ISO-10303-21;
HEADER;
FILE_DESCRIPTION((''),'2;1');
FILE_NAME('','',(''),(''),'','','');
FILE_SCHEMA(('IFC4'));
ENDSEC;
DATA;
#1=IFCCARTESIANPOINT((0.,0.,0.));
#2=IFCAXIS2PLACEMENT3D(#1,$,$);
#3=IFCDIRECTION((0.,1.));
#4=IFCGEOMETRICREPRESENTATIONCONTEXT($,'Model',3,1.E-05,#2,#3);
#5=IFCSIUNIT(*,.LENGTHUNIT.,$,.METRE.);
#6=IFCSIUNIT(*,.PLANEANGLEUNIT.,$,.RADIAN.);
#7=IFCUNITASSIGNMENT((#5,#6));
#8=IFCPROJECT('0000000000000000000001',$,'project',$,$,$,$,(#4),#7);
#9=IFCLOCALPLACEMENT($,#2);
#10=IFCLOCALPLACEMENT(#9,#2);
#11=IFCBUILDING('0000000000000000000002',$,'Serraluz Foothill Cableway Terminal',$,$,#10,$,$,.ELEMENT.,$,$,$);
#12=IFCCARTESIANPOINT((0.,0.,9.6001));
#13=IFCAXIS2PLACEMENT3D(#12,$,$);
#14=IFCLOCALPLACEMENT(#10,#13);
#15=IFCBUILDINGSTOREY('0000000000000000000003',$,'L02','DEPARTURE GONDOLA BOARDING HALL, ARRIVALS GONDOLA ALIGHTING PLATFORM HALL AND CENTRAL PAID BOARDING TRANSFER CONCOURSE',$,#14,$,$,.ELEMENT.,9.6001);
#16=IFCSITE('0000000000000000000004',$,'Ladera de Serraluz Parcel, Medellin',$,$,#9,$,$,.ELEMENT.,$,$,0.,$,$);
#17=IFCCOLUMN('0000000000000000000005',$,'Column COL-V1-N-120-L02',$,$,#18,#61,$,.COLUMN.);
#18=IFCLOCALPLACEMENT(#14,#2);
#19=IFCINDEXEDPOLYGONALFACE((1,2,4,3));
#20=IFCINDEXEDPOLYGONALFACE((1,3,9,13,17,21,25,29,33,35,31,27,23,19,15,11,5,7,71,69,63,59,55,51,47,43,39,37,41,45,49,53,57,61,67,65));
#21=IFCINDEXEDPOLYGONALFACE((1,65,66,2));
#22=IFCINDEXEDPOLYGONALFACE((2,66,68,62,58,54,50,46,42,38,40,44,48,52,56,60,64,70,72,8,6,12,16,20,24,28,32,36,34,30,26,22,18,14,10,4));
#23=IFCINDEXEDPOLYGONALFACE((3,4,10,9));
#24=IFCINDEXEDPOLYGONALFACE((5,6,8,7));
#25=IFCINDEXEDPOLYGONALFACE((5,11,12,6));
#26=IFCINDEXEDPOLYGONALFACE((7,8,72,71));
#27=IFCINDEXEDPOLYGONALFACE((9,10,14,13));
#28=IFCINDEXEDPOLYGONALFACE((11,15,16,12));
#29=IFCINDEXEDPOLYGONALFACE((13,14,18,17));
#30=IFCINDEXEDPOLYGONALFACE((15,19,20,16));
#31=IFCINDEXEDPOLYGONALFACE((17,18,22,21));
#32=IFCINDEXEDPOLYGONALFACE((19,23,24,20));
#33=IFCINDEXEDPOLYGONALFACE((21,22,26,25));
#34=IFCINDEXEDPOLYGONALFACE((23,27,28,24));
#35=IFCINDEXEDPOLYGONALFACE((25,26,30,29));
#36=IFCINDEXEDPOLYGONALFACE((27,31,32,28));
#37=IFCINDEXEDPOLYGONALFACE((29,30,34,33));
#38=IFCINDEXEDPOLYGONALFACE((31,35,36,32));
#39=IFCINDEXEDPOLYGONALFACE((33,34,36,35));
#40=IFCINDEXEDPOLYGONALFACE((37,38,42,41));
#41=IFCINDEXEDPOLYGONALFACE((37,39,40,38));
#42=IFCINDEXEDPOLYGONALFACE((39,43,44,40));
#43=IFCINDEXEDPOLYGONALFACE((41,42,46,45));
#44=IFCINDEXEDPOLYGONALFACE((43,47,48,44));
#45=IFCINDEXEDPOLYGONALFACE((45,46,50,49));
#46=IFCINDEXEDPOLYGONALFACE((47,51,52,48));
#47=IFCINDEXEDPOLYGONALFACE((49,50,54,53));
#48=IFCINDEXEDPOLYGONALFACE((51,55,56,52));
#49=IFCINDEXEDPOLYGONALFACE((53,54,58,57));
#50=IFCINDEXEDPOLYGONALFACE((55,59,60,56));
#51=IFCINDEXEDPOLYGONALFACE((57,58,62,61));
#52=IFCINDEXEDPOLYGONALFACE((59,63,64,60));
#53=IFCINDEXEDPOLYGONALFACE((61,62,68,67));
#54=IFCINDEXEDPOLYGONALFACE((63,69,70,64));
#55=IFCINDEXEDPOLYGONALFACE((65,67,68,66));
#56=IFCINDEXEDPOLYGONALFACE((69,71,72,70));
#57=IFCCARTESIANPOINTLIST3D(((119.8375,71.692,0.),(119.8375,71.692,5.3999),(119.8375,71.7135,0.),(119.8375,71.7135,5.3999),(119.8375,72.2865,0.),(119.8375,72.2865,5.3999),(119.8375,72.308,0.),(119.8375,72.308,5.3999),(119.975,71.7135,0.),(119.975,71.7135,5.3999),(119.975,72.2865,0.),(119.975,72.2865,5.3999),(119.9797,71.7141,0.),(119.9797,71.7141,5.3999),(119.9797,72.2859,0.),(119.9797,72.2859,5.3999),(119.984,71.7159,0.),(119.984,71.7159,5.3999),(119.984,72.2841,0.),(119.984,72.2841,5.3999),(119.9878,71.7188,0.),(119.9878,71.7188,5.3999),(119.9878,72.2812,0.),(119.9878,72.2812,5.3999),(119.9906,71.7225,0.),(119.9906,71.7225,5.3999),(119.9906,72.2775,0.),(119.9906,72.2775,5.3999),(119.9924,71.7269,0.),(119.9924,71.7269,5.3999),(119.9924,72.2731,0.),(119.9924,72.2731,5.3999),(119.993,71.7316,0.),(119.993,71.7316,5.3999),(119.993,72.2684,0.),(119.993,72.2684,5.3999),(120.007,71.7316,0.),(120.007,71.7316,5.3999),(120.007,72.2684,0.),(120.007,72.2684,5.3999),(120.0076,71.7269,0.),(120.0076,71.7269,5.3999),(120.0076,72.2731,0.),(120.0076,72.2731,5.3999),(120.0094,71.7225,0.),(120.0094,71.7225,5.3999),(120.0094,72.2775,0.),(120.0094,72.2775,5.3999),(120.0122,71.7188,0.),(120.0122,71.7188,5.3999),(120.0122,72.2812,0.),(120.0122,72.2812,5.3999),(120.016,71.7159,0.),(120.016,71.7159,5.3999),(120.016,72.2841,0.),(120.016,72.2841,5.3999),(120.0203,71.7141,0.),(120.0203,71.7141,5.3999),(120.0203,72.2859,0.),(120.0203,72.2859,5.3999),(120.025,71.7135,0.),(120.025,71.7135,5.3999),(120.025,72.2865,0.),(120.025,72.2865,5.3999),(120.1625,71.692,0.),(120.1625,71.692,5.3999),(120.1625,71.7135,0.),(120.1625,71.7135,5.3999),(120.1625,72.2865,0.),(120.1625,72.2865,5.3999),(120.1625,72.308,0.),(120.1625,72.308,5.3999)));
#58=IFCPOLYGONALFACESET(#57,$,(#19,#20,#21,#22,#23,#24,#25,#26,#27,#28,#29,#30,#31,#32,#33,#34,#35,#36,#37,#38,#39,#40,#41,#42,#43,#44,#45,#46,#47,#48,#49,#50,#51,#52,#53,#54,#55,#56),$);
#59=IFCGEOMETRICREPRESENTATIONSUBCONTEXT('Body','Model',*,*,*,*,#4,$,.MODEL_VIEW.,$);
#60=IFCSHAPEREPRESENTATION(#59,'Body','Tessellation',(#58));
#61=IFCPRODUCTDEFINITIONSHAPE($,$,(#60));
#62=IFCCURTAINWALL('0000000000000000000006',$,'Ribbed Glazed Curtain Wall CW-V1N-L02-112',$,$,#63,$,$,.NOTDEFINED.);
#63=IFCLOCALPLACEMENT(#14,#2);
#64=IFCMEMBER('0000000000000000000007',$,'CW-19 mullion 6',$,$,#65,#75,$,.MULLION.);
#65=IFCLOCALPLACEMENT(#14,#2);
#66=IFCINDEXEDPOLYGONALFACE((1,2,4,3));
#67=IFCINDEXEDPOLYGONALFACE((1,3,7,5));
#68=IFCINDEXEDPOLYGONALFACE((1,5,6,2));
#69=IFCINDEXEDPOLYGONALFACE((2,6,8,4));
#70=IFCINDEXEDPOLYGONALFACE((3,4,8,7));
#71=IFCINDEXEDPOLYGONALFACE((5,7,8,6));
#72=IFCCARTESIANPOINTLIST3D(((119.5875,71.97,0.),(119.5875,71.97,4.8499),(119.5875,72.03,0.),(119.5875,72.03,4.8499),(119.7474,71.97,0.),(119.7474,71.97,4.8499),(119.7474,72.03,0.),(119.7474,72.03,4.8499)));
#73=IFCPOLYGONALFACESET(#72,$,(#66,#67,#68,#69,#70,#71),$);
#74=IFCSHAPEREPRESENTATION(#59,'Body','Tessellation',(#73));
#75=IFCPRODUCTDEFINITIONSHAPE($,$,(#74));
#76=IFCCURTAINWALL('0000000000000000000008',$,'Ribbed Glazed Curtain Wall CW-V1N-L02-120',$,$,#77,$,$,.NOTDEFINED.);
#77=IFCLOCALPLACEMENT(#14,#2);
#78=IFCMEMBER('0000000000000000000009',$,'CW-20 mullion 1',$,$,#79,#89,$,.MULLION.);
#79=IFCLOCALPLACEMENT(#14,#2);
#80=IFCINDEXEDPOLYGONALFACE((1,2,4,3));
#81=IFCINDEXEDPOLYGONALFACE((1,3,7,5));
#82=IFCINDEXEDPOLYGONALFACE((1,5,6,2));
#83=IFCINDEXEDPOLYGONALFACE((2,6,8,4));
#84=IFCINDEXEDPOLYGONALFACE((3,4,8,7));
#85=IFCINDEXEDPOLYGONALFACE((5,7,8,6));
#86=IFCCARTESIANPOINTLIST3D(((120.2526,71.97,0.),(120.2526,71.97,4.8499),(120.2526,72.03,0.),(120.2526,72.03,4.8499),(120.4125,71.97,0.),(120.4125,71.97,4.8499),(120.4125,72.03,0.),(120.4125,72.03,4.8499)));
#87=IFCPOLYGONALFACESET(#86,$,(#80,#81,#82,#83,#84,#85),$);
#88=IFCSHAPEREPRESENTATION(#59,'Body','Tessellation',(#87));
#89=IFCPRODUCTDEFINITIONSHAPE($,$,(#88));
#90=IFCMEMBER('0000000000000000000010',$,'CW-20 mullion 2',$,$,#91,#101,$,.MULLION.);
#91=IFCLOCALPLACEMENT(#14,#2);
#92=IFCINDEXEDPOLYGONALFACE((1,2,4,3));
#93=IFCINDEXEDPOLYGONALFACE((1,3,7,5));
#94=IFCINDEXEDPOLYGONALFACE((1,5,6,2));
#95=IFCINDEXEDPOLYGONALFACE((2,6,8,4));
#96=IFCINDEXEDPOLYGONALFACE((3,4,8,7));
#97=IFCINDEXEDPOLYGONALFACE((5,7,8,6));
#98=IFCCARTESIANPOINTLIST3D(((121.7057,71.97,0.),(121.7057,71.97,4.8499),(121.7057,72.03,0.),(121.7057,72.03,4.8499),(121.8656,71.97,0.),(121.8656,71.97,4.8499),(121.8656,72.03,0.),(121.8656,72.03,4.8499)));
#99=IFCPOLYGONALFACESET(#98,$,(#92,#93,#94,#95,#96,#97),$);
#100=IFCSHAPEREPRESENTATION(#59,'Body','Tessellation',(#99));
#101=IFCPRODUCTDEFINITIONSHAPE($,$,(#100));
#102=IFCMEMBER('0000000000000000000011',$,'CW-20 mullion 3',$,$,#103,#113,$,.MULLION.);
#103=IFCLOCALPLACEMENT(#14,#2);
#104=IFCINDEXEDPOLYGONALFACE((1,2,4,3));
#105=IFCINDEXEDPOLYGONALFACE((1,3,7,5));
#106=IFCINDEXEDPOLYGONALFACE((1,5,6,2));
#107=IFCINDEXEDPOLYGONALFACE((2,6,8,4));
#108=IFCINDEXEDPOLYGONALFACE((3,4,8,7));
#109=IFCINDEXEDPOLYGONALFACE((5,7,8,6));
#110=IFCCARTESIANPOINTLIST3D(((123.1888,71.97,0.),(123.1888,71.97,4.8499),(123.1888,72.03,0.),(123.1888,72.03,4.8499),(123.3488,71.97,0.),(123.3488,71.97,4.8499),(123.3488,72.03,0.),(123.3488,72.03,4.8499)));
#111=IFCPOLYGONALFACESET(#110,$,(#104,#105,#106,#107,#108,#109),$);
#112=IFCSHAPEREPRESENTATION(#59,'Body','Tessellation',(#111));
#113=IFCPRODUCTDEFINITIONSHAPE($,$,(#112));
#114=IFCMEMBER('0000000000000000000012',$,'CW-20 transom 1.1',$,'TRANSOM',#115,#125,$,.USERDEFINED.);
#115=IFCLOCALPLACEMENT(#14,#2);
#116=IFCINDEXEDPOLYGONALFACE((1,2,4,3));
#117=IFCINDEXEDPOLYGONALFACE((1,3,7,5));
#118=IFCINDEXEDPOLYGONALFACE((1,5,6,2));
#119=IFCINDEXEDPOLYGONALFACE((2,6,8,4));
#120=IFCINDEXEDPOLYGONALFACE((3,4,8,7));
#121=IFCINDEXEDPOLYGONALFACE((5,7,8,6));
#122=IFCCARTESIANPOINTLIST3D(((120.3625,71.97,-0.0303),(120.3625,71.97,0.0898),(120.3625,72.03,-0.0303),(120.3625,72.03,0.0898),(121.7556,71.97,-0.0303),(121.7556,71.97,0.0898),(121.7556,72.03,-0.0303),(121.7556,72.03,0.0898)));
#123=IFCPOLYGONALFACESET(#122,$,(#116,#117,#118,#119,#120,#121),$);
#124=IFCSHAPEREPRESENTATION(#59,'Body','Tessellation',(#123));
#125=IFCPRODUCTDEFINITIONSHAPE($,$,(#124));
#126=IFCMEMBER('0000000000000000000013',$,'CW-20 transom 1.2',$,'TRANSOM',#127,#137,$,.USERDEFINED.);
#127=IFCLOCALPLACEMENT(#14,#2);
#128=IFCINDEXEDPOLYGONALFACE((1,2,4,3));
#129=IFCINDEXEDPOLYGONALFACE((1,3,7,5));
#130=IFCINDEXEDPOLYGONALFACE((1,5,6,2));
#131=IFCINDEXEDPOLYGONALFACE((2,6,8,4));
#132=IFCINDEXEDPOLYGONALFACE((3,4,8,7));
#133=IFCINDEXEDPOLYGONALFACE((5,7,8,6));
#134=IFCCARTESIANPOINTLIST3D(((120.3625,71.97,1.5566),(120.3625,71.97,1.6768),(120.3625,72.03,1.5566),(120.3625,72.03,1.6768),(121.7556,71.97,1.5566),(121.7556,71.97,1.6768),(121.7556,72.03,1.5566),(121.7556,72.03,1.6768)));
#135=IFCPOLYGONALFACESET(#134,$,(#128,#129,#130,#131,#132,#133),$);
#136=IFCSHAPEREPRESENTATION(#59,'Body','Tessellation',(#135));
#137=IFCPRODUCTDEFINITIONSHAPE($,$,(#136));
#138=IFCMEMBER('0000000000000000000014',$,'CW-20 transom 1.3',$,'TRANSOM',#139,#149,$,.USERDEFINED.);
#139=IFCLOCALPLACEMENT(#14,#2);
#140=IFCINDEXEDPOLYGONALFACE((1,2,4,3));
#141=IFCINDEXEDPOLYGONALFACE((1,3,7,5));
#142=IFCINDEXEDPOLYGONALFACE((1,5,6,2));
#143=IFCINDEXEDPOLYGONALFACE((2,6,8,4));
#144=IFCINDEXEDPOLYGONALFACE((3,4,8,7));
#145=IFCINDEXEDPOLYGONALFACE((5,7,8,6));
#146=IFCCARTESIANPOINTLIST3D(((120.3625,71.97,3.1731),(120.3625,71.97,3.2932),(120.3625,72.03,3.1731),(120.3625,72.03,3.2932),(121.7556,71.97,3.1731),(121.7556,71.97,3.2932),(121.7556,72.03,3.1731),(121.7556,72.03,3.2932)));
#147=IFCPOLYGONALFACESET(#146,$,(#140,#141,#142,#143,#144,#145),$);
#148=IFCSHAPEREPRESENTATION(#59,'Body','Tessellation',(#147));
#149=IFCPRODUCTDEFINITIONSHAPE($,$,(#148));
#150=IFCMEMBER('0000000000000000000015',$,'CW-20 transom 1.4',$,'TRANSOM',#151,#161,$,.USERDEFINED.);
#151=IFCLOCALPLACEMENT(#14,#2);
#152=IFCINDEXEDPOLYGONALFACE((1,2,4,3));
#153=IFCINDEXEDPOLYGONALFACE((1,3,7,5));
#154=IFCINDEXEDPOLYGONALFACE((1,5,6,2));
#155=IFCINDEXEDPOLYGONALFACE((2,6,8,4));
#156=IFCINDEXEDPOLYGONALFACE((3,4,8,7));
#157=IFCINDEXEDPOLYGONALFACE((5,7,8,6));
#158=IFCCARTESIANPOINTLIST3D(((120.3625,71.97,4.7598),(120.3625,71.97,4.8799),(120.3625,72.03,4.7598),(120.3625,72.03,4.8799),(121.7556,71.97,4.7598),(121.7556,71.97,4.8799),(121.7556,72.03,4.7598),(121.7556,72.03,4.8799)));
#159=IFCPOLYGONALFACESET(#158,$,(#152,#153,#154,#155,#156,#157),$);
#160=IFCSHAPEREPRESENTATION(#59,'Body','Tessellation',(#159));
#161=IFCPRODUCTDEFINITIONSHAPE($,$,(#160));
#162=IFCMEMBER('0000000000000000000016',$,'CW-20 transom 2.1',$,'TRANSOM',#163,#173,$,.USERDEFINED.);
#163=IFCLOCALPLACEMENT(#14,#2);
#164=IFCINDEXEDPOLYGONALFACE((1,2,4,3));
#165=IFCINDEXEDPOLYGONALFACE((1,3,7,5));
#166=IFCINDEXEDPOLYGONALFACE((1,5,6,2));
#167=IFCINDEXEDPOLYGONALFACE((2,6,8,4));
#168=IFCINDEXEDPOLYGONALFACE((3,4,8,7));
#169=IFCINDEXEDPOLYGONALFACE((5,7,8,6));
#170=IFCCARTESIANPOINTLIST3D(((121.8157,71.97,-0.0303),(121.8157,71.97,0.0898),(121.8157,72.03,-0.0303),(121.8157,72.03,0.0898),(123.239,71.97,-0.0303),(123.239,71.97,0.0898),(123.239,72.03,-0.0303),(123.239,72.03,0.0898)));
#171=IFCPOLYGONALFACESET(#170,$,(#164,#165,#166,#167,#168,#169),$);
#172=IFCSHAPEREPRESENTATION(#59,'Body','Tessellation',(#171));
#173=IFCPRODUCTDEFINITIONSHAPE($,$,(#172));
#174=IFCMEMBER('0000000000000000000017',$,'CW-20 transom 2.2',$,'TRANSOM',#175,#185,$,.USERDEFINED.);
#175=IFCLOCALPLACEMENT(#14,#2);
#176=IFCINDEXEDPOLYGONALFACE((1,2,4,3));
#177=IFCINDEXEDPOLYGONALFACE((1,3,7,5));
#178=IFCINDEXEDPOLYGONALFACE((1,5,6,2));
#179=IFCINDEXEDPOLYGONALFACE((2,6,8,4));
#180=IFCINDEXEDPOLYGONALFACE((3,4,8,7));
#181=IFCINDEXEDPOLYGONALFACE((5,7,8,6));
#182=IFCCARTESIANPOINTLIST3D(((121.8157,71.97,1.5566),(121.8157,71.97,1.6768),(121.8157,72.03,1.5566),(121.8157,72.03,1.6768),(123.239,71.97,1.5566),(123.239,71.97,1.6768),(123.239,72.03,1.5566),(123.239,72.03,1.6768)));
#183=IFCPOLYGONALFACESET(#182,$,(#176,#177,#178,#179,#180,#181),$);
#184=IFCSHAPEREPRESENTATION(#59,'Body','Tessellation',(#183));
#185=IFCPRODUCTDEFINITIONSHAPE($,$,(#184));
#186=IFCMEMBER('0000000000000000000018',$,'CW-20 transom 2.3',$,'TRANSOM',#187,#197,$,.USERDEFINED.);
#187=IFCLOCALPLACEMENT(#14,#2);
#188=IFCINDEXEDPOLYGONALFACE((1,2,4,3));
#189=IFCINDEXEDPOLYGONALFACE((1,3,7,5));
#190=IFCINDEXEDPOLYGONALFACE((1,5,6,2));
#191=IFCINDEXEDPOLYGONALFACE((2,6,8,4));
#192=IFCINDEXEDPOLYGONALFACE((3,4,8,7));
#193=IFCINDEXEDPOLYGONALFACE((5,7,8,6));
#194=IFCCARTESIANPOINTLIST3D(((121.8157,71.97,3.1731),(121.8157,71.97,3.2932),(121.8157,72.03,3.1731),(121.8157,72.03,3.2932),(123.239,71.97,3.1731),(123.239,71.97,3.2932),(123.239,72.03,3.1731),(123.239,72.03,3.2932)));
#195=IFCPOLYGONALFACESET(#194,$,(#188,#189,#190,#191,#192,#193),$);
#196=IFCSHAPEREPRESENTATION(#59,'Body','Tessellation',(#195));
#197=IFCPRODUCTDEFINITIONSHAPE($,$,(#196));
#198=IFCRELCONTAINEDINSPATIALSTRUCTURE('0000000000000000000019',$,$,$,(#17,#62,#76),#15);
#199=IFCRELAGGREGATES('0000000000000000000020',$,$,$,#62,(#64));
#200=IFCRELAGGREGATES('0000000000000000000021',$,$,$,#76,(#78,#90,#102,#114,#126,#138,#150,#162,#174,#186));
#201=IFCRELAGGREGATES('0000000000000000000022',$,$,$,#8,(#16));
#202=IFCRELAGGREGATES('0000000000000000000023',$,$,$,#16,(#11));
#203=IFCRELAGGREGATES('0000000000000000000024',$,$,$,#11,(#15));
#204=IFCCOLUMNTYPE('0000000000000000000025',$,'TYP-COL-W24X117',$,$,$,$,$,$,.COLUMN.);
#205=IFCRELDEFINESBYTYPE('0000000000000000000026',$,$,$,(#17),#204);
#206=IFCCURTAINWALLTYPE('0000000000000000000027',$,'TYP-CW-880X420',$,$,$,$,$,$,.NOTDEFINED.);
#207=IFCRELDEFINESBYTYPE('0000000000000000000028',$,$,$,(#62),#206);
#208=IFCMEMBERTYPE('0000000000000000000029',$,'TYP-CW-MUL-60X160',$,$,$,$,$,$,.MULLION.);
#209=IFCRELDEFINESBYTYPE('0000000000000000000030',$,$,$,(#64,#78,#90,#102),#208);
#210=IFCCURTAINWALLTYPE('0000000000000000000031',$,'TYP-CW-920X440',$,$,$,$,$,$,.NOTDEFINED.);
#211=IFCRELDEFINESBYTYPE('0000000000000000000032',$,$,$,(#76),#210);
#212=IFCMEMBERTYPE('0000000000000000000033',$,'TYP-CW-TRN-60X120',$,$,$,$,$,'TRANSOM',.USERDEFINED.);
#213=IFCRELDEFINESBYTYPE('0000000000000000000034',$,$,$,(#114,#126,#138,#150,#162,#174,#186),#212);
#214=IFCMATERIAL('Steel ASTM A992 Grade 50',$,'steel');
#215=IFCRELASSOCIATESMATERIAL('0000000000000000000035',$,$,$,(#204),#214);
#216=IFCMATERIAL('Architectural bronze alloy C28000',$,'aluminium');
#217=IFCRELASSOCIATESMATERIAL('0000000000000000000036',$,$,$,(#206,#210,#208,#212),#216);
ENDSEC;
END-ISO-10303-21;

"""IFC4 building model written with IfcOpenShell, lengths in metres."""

from ifc_helpers import new_model, si_unit, direction, frame, origin, origin_2d, place, context, subcontext, project, spatial, rectangle, i_section, extrude, material, material_profile, profile_set, type_object, element, aggregate, save


model = new_model("IFC4")

# Units and contexts
model_context = context("Model", 3, precision=1e-05, world=origin(), true_north=direction((0.0, 1.0)))
body_context = subcontext(model_context, "Body", "Model", "MODEL_VIEW")
ifc_project = project(units=[si_unit("LENGTHUNIT", "METRE"), si_unit("PLANEANGLEUNIT", "RADIAN")], contexts=[model_context])

# Site, building, storey
site_placement = place(None, origin())
site = spatial("IfcSite", under=ifc_project, at=site_placement, Name="Ladera de Serraluz Parcel, Medellin", CompositionType="ELEMENT", RefElevation=0.0)
building_placement = place(site_placement, origin())
building = spatial("IfcBuilding", under=site, at=building_placement, Name="Serraluz Foothill Cableway Terminal", CompositionType="ELEMENT")
storey_placement = place(building_placement, frame((0.0, 0.0, 9.6001)))
storey = spatial("IfcBuildingStorey", under=building, at=storey_placement, Name="L02", Description="DEPARTURE GONDOLA BOARDING HALL, ARRIVALS GONDOLA ALIGHTING PLATFORM HALL AND CENTRAL PAID BOARDING TRANSFER CONCOURSE", CompositionType="ELEMENT", Elevation=9.6001)

# Column
ifc_material_1 = material(Name="Steel ASTM A992 Grade 50", Category="steel")
ifc_material_profile_1 = material_profile(ifc_material_1, i_section(OverallWidth=0.325, OverallDepth=0.616, WebThickness=0.0139, FlangeThickness=0.0215, FilletRadius=0.0181, at=origin_2d()), Name="W24X117")
ifc_profile_set_1 = profile_set([ifc_material_profile_1], Name="Steel ASTM A992 Grade 50")
column_type = type_object("IfcColumnType", Name="TYP-COL-W24X117", PredefinedType="COLUMN", material=ifc_profile_set_1)
column_placement = place(storey_placement, frame((120.0, 72.0, 0.0), z_axis=(0.0, 0.0, 1.0), x_axis=(1.0, 0.0, 0.0)))
element("IfcColumn", 1, at=column_placement, inside=storey, type_object=column_type, Name="Column COL-V1-N-120-L02", PredefinedType="COLUMN", context=body_context, shape_type="SweptSolid", body=[
    extrude(i_section(OverallWidth=0.325, OverallDepth=0.616, WebThickness=0.0139, FlangeThickness=0.0215, FilletRadius=0.0181, at=origin_2d()), origin(), (0.0, 0.0, 1.0), 5.3999),
])

# Curtain wall, member
ifc_material_2 = material(Name="Architectural bronze alloy C28000", Category="aluminium")
curtain_wall_type_1 = type_object("IfcCurtainWallType", Name="TYP-CW-880X420", PredefinedType="NOTDEFINED", material=ifc_material_2)
curtain_wall_1_placement = place(storey_placement, origin())
curtain_wall_1 = element("IfcCurtainWall", 2, at=curtain_wall_1_placement, inside=storey, type_object=curtain_wall_type_1, Name="Ribbed Glazed Curtain Wall CW-V1N-L02-112", PredefinedType="NOTDEFINED")
ifc_material_profile_2 = material_profile(ifc_material_2, rectangle(XDim=0.0601, YDim=0.1599, at=origin_2d()), Name="ALU MULLION 60x160")
ifc_profile_set_2 = profile_set([ifc_material_profile_2], Name="Architectural bronze alloy C28000")
member_type_1 = type_object("IfcMemberType", Name="TYP-CW-MUL-60X160", PredefinedType="MULLION", material=ifc_profile_set_2)
member_1_placement = place(storey_placement, frame((119.6675, 72.0, 0.0), z_axis=(0.0, 0.0, 1.0), x_axis=(0.0, 1.0, 0.0)))
member_1 = element("IfcMember", 3, at=member_1_placement, type_object=member_type_1, Name="CW-19 mullion 6", PredefinedType="MULLION", context=body_context, shape_type="SweptSolid", body=[
    extrude(rectangle(XDim=0.0601, YDim=0.1599, at=origin_2d()), origin(), (0.0, 0.0, 1.0), 4.8499),
])
aggregate(curtain_wall_1, [member_1])

# Curtain wall, members
curtain_wall_type_2 = type_object("IfcCurtainWallType", Name="TYP-CW-920X440", PredefinedType="NOTDEFINED", material=ifc_material_2)
curtain_wall_2_placement = place(storey_placement, origin())
curtain_wall_2 = element("IfcCurtainWall", 4, at=curtain_wall_2_placement, inside=storey, type_object=curtain_wall_type_2, Name="Ribbed Glazed Curtain Wall CW-V1N-L02-120", PredefinedType="NOTDEFINED")
member_2_placement = place(storey_placement, frame((120.3325, 72.0, 0.0), z_axis=(0.0, 0.0, 1.0), x_axis=(0.0, 1.0, 0.0)))
member_2 = element("IfcMember", 5, at=member_2_placement, type_object=member_type_1, Name="CW-20 mullion 1", PredefinedType="MULLION", context=body_context, shape_type="SweptSolid", body=[
    extrude(rectangle(XDim=0.0601, YDim=0.1599, at=origin_2d()), origin(), (0.0, 0.0, 1.0), 4.8499),
])
member_3_placement = place(storey_placement, frame((121.7856, 72.0, 0.0), z_axis=(0.0, 0.0, 1.0), x_axis=(0.0, 1.0, 0.0)))
member_3 = element("IfcMember", 6, at=member_3_placement, type_object=member_type_1, Name="CW-20 mullion 2", PredefinedType="MULLION", context=body_context, shape_type="SweptSolid", body=[
    extrude(rectangle(XDim=0.0601, YDim=0.1599, at=origin_2d()), origin(), (0.0, 0.0, 1.0), 4.8499),
])
member_4_placement = place(storey_placement, frame((123.2688, 72.0, 0.0), z_axis=(0.0, 0.0, 1.0), x_axis=(0.0, 1.0, 0.0)))
member_4 = element("IfcMember", 7, at=member_4_placement, type_object=member_type_1, Name="CW-20 mullion 3", PredefinedType="MULLION", context=body_context, shape_type="SweptSolid", body=[
    extrude(rectangle(XDim=0.0601, YDim=0.1599, at=origin_2d()), origin(), (0.0, 0.0, 1.0), 4.8499),
])
ifc_material_profile_3 = material_profile(ifc_material_2, rectangle(XDim=0.0601, YDim=0.1201, at=origin_2d()), Name="ALU TRANSOM 60x120")
ifc_profile_set_3 = profile_set([ifc_material_profile_3], Name="Architectural bronze alloy C28000")
member_type_2 = type_object("IfcMemberType", Name="TYP-CW-TRN-60X120", ElementType="TRANSOM", PredefinedType="USERDEFINED", material=ifc_profile_set_3)
member_5_placement = place(storey_placement, frame((120.3625, 72.0, 0.0298), z_axis=(1.0, 0.0, 0.0), x_axis=(0.0, 1.0, 0.0)))
member_5 = element("IfcMember", 8, at=member_5_placement, type_object=member_type_2, Name="CW-20 transom 1.1", ObjectType="TRANSOM", PredefinedType="USERDEFINED", context=body_context, shape_type="SweptSolid", body=[
    extrude(rectangle(XDim=0.0601, YDim=0.1201, at=origin_2d()), origin(), (0.0, 0.0, 1.0), 1.3931),
])
member_6_placement = place(storey_placement, frame((120.3625, 72.0, 1.6167), z_axis=(1.0, 0.0, 0.0), x_axis=(0.0, 1.0, 0.0)))
member_6 = element("IfcMember", 9, at=member_6_placement, type_object=member_type_2, Name="CW-20 transom 1.2", ObjectType="TRANSOM", PredefinedType="USERDEFINED", context=body_context, shape_type="SweptSolid", body=[
    extrude(rectangle(XDim=0.0601, YDim=0.1201, at=origin_2d()), origin(), (0.0, 0.0, 1.0), 1.3931),
])
member_7_placement = place(storey_placement, frame((120.3625, 72.0, 3.2332), z_axis=(1.0, 0.0, 0.0), x_axis=(0.0, 1.0, 0.0)))
member_7 = element("IfcMember", 10, at=member_7_placement, type_object=member_type_2, Name="CW-20 transom 1.3", ObjectType="TRANSOM", PredefinedType="USERDEFINED", context=body_context, shape_type="SweptSolid", body=[
    extrude(rectangle(XDim=0.0601, YDim=0.1201, at=origin_2d()), origin(), (0.0, 0.0, 1.0), 1.3931),
])
member_8_placement = place(storey_placement, frame((120.3625, 72.0, 4.8198), z_axis=(1.0, 0.0, 0.0), x_axis=(0.0, 1.0, 0.0)))
member_8 = element("IfcMember", 11, at=member_8_placement, type_object=member_type_2, Name="CW-20 transom 1.4", ObjectType="TRANSOM", PredefinedType="USERDEFINED", context=body_context, shape_type="SweptSolid", body=[
    extrude(rectangle(XDim=0.0601, YDim=0.1201, at=origin_2d()), origin(), (0.0, 0.0, 1.0), 1.3931),
])
member_9_placement = place(storey_placement, frame((121.8157, 72.0, 0.0298), z_axis=(1.0, 0.0, 0.0), x_axis=(0.0, 1.0, 0.0)))
member_9 = element("IfcMember", 12, at=member_9_placement, type_object=member_type_2, Name="CW-20 transom 2.1", ObjectType="TRANSOM", PredefinedType="USERDEFINED", context=body_context, shape_type="SweptSolid", body=[
    extrude(rectangle(XDim=0.0601, YDim=0.1201, at=origin_2d()), origin(), (0.0, 0.0, 1.0), 1.4233),
])
member_10_placement = place(storey_placement, frame((121.8157, 72.0, 1.6167), z_axis=(1.0, 0.0, 0.0), x_axis=(0.0, 1.0, 0.0)))
member_10 = element("IfcMember", 13, at=member_10_placement, type_object=member_type_2, Name="CW-20 transom 2.2", ObjectType="TRANSOM", PredefinedType="USERDEFINED", context=body_context, shape_type="SweptSolid", body=[
    extrude(rectangle(XDim=0.0601, YDim=0.1201, at=origin_2d()), origin(), (0.0, 0.0, 1.0), 1.4233),
])
member_11_placement = place(storey_placement, frame((121.8157, 72.0, 3.2332), z_axis=(1.0, 0.0, 0.0), x_axis=(0.0, 1.0, 0.0)))
member_11 = element("IfcMember", 14, at=member_11_placement, type_object=member_type_2, Name="CW-20 transom 2.3", ObjectType="TRANSOM", PredefinedType="USERDEFINED", context=body_context, shape_type="SweptSolid", body=[
    extrude(rectangle(XDim=0.0601, YDim=0.1201, at=origin_2d()), origin(), (0.0, 0.0, 1.0), 1.4233),
])
aggregate(curtain_wall_2, [member_2, member_3, member_4, member_5, member_6, member_7, member_8, member_9, member_10, member_11])

save(model, "model.ifc")
